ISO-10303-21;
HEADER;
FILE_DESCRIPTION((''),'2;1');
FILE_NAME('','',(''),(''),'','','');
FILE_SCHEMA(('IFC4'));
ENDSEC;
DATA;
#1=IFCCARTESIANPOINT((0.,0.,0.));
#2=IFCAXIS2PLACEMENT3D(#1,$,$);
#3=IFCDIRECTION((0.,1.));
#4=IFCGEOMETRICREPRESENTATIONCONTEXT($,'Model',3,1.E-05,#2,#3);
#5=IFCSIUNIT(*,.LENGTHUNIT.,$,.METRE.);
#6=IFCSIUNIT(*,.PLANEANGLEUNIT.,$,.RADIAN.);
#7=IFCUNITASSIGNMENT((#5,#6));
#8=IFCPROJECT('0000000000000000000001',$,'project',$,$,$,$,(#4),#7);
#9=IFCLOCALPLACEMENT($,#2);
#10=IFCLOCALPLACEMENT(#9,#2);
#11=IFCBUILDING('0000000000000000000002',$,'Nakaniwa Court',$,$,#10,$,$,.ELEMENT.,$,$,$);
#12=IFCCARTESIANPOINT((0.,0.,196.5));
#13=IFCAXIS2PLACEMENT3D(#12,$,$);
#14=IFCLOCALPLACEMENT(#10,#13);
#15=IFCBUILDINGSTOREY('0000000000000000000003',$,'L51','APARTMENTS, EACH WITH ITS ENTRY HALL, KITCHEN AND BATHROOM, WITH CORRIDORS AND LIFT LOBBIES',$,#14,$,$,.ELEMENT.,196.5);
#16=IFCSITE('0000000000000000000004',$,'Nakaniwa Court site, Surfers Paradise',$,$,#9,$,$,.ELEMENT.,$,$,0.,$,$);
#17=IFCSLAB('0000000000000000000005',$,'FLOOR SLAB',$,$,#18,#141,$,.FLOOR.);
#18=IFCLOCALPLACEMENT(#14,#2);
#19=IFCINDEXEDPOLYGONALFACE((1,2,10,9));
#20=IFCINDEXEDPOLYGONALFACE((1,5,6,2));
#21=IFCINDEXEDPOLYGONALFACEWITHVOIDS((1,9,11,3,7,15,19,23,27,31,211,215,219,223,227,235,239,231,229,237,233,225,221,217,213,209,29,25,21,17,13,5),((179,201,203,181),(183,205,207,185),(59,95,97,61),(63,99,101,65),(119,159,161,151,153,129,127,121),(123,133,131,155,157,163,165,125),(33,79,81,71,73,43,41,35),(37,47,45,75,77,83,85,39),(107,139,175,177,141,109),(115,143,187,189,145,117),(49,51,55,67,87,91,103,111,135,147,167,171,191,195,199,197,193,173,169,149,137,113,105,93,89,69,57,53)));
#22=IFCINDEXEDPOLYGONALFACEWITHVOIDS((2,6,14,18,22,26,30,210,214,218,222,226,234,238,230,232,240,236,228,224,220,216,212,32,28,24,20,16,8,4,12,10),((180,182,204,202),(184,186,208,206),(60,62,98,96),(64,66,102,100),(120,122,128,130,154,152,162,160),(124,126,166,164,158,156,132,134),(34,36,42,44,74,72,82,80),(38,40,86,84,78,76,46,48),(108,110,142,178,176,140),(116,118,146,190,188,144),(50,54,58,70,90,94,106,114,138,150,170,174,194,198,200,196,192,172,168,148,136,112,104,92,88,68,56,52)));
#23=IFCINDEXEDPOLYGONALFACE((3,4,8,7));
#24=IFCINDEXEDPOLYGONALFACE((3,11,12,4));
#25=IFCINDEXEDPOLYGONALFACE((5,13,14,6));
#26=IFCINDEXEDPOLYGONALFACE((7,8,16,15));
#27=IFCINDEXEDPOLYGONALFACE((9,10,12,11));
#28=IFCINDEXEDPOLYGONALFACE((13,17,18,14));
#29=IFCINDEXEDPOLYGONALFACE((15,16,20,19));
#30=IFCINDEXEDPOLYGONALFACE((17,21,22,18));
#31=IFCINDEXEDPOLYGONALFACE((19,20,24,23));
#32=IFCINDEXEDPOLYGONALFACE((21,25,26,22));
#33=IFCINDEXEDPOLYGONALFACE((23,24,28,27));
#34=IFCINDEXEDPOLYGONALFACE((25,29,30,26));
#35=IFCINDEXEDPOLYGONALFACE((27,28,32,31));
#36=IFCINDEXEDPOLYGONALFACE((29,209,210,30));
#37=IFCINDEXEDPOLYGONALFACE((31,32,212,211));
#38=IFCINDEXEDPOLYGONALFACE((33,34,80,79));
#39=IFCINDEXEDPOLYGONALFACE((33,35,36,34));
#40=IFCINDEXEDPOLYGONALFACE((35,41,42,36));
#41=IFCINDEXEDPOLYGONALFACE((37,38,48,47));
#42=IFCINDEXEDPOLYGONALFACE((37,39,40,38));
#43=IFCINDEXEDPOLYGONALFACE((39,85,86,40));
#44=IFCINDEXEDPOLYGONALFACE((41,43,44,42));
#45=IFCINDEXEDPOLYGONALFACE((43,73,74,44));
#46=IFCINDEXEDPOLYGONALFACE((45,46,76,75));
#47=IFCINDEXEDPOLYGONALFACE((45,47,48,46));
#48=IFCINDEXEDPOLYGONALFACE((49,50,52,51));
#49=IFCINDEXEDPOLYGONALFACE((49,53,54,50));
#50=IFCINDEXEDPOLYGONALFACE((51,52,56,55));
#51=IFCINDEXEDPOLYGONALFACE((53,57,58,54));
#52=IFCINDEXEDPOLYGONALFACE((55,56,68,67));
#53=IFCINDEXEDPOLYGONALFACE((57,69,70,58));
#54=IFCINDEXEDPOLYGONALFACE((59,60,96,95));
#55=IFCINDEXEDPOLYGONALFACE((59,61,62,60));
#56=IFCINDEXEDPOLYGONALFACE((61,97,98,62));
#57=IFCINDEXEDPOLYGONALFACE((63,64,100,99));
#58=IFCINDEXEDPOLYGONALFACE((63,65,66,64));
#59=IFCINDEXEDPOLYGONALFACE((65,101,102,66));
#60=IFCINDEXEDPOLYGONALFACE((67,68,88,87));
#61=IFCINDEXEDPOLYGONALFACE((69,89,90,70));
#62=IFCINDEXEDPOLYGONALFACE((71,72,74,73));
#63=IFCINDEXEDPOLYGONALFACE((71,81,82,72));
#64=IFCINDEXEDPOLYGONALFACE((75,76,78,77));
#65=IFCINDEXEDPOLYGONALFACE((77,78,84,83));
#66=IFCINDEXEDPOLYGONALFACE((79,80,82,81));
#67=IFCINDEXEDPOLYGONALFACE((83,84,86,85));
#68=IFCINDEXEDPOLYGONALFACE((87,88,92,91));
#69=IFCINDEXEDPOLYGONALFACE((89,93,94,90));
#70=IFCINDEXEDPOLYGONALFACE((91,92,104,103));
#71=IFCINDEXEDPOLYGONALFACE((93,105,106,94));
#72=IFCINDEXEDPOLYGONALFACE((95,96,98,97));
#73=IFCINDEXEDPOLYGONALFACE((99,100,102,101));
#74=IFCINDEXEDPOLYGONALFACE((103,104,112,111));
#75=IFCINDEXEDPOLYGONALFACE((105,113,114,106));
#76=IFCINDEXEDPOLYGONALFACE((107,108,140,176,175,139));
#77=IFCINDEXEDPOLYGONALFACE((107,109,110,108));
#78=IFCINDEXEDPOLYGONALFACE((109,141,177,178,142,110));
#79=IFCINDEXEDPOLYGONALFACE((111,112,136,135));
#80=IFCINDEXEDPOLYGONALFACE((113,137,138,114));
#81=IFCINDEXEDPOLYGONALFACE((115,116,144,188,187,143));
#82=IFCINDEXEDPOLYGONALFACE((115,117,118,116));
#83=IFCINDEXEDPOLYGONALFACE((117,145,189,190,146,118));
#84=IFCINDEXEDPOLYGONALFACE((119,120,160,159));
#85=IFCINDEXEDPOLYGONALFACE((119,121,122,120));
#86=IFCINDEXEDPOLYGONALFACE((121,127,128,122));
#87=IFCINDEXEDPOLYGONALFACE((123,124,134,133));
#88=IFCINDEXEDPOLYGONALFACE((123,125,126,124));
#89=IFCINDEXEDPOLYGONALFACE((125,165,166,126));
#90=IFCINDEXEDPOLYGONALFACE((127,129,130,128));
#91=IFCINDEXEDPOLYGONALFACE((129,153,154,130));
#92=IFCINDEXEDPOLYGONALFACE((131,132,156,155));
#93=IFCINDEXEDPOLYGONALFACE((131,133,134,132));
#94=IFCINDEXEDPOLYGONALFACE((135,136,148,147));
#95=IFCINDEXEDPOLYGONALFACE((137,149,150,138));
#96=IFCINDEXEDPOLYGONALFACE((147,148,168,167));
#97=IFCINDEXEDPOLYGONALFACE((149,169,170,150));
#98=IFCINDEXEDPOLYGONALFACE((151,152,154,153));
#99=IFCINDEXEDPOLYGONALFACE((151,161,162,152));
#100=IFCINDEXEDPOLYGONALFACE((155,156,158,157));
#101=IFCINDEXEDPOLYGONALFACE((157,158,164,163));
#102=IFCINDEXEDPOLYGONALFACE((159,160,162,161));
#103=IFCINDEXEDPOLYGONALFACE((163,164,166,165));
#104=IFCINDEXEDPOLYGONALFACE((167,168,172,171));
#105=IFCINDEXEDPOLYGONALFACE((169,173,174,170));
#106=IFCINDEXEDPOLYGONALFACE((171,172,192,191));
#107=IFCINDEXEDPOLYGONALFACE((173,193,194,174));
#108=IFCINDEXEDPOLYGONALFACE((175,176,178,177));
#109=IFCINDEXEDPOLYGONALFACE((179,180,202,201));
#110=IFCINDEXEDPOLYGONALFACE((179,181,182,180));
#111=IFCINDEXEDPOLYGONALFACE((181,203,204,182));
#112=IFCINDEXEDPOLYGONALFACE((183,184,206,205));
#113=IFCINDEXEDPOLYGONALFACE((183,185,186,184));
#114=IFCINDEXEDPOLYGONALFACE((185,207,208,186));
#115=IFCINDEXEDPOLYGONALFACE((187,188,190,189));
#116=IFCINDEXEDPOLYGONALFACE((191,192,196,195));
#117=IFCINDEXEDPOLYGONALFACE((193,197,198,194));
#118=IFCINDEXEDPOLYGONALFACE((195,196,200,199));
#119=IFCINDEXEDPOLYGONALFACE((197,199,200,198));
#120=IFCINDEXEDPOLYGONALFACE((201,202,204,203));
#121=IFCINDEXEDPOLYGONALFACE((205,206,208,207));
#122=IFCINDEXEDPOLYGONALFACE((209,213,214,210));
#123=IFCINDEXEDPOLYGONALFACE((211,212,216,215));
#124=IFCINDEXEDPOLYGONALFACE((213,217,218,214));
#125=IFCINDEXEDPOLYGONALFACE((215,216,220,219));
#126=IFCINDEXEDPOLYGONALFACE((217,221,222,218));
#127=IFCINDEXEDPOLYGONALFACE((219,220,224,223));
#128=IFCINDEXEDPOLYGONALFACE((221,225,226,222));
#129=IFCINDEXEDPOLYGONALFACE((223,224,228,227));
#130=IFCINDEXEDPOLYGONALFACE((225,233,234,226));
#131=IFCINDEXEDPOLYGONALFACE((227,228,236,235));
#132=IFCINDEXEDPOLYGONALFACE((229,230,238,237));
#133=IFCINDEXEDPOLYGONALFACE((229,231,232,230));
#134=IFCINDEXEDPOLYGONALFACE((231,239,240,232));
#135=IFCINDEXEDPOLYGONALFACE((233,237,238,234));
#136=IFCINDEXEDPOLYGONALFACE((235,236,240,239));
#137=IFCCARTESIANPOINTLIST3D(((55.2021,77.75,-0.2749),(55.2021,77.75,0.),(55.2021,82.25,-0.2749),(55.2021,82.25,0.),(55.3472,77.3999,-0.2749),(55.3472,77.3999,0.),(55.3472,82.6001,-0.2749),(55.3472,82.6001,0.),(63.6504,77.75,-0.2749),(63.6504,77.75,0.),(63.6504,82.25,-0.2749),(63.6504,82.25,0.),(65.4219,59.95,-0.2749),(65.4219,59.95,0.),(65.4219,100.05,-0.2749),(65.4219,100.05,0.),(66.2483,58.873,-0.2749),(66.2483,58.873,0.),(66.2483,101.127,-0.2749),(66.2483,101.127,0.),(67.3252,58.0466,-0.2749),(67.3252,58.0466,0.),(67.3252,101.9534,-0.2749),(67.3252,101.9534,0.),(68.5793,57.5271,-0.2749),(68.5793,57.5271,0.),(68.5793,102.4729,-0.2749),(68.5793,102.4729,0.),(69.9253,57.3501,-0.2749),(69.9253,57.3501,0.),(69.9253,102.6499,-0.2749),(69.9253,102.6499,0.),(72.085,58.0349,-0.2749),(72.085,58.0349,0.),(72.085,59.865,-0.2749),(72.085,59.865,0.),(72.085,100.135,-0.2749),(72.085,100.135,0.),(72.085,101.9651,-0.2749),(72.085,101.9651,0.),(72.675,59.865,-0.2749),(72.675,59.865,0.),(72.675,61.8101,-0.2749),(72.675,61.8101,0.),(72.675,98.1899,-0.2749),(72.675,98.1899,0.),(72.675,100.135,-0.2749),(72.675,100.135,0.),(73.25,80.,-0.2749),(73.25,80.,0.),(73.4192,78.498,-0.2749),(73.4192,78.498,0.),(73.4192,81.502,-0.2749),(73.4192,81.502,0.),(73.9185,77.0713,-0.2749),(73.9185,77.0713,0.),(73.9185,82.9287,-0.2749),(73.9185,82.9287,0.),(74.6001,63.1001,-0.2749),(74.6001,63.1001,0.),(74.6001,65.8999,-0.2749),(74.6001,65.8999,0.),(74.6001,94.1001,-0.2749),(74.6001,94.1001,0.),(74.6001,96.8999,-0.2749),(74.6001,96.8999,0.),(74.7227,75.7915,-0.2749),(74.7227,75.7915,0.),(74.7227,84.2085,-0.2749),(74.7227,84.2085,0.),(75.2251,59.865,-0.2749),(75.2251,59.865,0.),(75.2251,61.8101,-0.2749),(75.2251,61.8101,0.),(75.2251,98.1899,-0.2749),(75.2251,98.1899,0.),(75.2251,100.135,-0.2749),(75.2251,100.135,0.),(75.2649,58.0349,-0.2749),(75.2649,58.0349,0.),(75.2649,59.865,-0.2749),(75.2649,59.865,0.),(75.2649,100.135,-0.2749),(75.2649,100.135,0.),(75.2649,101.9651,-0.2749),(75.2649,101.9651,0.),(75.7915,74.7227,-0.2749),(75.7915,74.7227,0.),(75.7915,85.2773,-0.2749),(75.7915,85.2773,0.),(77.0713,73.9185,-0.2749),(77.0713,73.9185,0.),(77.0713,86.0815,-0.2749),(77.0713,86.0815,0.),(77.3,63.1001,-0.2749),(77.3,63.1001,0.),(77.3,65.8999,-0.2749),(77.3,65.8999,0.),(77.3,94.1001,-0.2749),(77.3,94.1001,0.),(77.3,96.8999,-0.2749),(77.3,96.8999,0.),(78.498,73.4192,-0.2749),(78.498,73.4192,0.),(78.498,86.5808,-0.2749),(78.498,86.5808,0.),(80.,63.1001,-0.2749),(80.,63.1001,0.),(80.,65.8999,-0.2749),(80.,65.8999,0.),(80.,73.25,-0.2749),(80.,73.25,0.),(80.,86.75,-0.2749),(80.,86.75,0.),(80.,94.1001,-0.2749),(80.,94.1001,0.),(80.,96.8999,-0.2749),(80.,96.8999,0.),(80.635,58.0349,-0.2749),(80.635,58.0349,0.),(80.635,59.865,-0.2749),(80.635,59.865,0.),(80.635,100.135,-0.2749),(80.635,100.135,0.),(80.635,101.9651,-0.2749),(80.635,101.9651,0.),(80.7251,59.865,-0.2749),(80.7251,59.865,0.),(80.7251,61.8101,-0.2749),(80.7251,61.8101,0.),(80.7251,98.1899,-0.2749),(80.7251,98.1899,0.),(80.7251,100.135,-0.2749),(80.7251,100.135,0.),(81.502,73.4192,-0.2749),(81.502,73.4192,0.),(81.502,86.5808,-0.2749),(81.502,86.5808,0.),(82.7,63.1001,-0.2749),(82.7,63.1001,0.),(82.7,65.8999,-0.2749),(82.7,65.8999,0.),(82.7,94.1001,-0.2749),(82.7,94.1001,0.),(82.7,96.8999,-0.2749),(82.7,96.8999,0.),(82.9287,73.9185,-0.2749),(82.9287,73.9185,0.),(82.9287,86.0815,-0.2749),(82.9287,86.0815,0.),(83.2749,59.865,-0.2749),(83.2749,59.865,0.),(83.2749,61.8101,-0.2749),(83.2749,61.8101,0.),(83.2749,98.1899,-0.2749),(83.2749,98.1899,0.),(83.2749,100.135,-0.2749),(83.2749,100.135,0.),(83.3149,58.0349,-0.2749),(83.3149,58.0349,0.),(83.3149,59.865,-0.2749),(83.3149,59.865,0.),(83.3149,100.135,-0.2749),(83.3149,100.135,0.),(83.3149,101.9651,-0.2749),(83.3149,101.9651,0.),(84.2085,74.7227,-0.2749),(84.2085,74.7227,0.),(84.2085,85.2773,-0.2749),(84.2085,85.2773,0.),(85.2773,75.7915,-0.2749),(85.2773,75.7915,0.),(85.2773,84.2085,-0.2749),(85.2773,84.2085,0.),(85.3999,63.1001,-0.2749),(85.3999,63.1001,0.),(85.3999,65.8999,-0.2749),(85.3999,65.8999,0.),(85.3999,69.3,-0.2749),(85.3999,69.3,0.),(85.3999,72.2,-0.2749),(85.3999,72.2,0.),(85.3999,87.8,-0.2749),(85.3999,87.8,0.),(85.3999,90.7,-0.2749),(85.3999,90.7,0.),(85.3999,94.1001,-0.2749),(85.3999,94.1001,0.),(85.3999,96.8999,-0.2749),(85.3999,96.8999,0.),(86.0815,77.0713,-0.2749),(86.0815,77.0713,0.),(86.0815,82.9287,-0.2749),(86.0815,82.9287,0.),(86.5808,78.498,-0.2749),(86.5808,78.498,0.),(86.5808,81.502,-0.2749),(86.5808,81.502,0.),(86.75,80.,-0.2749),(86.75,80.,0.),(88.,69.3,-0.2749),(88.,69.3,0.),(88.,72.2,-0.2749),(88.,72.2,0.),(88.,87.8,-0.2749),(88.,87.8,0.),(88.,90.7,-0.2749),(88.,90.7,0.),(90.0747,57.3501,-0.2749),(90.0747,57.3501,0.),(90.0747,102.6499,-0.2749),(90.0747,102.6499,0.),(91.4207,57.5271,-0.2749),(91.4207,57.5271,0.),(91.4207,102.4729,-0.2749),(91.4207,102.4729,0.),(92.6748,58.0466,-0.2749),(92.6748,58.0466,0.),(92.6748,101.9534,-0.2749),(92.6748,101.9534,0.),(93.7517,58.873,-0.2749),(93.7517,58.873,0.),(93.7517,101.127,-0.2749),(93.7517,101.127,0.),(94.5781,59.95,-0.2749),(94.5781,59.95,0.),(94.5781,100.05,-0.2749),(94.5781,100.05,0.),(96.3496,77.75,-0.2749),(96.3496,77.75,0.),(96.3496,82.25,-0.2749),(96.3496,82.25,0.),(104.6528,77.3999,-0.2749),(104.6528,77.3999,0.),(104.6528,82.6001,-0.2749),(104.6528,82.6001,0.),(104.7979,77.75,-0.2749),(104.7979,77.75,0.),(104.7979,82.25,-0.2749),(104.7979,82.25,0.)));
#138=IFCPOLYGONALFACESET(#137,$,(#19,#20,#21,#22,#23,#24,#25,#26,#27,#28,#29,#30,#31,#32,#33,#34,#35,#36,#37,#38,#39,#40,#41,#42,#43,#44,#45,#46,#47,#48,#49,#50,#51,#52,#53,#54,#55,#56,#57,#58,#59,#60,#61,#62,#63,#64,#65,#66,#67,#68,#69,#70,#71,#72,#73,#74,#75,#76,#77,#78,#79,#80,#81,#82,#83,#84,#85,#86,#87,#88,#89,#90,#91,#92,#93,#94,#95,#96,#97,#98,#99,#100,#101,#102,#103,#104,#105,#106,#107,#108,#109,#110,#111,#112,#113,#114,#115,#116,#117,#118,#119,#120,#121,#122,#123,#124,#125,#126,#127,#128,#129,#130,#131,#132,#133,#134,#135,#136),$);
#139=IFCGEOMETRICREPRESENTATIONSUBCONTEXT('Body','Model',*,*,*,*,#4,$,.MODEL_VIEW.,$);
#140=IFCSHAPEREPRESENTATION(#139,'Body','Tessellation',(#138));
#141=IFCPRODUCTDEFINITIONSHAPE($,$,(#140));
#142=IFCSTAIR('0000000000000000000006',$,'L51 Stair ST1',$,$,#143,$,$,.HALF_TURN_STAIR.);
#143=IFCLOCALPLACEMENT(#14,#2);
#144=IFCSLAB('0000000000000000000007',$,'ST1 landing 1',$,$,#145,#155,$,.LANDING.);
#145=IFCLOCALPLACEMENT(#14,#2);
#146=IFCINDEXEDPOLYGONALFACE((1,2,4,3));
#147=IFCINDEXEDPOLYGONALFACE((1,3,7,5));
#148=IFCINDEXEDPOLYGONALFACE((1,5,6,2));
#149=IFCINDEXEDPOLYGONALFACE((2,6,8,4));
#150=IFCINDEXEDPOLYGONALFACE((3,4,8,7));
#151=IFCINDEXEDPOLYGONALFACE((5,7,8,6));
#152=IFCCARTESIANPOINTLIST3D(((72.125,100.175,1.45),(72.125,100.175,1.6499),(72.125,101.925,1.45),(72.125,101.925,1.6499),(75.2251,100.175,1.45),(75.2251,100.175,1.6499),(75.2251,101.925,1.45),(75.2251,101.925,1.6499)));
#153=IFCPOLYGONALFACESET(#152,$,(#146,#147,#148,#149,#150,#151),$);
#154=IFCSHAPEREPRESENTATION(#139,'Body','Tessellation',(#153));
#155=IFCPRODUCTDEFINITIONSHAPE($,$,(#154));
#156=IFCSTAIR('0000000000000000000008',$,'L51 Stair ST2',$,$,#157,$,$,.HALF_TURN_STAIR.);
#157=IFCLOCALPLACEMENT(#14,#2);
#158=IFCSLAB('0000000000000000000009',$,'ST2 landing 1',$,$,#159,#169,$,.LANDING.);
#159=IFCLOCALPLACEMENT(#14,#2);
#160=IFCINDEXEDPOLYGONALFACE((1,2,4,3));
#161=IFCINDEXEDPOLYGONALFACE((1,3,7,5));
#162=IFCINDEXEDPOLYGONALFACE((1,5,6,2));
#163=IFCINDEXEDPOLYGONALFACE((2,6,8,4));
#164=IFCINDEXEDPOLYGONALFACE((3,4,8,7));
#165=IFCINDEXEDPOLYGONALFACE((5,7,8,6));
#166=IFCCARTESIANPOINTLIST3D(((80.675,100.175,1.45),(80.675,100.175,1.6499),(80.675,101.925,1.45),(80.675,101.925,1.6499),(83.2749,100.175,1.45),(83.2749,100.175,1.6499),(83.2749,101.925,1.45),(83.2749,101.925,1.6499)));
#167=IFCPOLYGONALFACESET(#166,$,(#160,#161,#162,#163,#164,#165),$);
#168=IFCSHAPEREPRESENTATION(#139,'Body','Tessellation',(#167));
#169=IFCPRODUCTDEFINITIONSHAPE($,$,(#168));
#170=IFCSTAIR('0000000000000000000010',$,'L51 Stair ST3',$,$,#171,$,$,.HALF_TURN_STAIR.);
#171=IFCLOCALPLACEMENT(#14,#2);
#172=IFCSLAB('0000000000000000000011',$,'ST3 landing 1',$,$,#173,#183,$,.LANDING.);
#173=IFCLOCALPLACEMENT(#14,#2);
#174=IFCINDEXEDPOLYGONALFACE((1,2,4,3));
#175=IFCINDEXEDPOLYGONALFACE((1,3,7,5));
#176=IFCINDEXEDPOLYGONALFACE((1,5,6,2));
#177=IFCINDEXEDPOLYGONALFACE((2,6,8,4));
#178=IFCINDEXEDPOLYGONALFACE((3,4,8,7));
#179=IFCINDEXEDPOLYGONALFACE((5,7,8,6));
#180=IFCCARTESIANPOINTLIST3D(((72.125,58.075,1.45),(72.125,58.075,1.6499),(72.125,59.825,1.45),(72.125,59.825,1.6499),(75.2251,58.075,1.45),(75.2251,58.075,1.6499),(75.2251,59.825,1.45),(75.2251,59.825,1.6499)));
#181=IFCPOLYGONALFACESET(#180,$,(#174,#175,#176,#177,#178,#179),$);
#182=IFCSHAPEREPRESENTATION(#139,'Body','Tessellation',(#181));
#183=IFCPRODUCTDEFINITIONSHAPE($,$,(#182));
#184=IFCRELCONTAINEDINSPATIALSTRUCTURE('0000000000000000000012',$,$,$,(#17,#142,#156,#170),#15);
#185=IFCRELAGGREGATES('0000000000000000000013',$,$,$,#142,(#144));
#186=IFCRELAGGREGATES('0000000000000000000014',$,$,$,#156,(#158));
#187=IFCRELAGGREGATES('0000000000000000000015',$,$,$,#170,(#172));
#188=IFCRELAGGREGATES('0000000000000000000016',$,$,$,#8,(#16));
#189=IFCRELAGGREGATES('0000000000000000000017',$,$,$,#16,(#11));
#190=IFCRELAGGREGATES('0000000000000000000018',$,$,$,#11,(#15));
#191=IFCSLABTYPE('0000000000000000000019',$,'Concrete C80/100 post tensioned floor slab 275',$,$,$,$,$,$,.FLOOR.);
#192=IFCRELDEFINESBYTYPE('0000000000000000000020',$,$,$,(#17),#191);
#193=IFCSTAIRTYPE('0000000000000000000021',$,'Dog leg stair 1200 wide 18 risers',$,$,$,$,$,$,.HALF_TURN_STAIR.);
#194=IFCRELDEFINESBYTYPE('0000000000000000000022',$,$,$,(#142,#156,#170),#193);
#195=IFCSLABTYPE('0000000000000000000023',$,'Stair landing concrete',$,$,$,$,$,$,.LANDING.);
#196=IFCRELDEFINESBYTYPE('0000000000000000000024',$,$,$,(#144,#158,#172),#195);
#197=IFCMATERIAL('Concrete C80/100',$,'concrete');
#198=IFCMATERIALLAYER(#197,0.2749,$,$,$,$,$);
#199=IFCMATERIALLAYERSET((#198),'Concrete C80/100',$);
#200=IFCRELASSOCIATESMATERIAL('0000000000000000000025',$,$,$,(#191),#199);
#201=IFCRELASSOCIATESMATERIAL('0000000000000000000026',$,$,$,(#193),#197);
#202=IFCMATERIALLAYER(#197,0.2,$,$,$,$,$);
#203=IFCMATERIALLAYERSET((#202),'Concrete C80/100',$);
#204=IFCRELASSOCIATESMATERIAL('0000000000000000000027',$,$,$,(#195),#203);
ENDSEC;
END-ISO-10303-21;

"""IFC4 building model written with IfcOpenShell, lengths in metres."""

from ifc_helpers import new_model, si_unit, direction, frame, origin, place, context, subcontext, project, spatial, polyline, outline, extrude, material, layer, layer_set, type_object, element, aggregate, save


model = new_model("IFC4")

# Units and contexts
model_context = context("Model", 3, precision=1e-05, world=origin(), true_north=direction((0.0, 1.0)))
body_context = subcontext(model_context, "Body", "Model", "MODEL_VIEW")
ifc_project = project(units=[si_unit("LENGTHUNIT", "METRE"), si_unit("PLANEANGLEUNIT", "RADIAN")], contexts=[model_context])

# Site, building, storey
site_placement = place(None, origin())
site = spatial("IfcSite", under=ifc_project, at=site_placement, Name="Nakaniwa Court site, Surfers Paradise", CompositionType="ELEMENT", RefElevation=0.0)
building_placement = place(site_placement, origin())
building = spatial("IfcBuilding", under=site, at=building_placement, Name="Nakaniwa Court", CompositionType="ELEMENT")
storey_placement = place(building_placement, frame((0.0, 0.0, 196.5)))
storey = spatial("IfcBuildingStorey", under=building, at=storey_placement, Name="L51", Description="APARTMENTS, EACH WITH ITS ENTRY HALL, KITCHEN AND BATHROOM, WITH CORRIDORS AND LIFT LOBBIES", CompositionType="ELEMENT", Elevation=196.5)

# Shared definitions
ifc_material_1 = material(Name="Concrete C80/100", Category="concrete")

# Slab
ifc_layer_1 = layer(ifc_material_1, 0.2749)
ifc_layer_set_1 = layer_set([ifc_layer_1], Name="Concrete C80/100")
slab_type_1 = type_object("IfcSlabType", Name="Concrete C80/100 post tensioned floor slab 275", PredefinedType="FLOOR", material=ifc_layer_set_1)
slab_1_placement = place(storey_placement, frame((0.0, 0.0, -0.2749)))
element("IfcSlab", 1, at=slab_1_placement, inside=storey, type_object=slab_type_1, Name="FLOOR SLAB", PredefinedType="FLOOR", context=body_context, shape_type="SweptSolid", body=[
    extrude(outline(polyline([(96.3496, 82.25), (104.7979, 82.25), (104.6528, 82.6001), (94.5781, 100.05), (93.7517, 101.127), (92.6748, 101.9534), (91.4207, 102.4729), (90.0747, 102.6499), (69.9253, 102.6499), (68.5793, 102.4729), (67.3252, 101.9534), (66.2483, 101.127), (65.4219, 100.05), (55.3472, 82.6001), (55.2021, 82.25), (63.6504, 82.25), (63.6504, 77.75), (55.2021, 77.75), (55.3472, 77.3999), (65.4219, 59.95), (66.2483, 58.873), (67.3252, 58.0466), (68.5793, 57.5271), (69.9253, 57.3501), (90.0747, 57.3501), (91.4207, 57.5271), (92.6748, 58.0466), (93.7517, 58.873), (94.5781, 59.95), (104.6528, 77.3999), (104.7979, 77.75), (96.3496, 77.75), (96.3496, 82.25)]), holes=[polyline([(81.502, 86.5808), (80.0, 86.75), (78.498, 86.5808), (77.0713, 86.0815), (75.7915, 85.2773), (74.7227, 84.2085), (73.9185, 82.9287), (73.4192, 81.502), (73.25, 80.0), (73.4192, 78.498), (73.9185, 77.0713), (74.7227, 75.7915), (75.7915, 74.7227), (77.0713, 73.9185), (78.498, 73.4192), (80.0, 73.25), (81.502, 73.4192), (82.9287, 73.9185), (84.2085, 74.7227), (85.2773, 75.7915), (86.0815, 77.0713), (86.5808, 78.498), (86.75, 80.0), (86.5808, 81.502), (86.0815, 82.9287), (85.2773, 84.2085), (84.2085, 85.2773), (82.9287, 86.0815), (81.502, 86.5808)]), polyline([(72.675, 61.8101), (72.675, 59.865), (72.085, 59.865), (72.085, 58.0349), (75.2649, 58.0349), (75.2649, 59.865), (75.2251, 59.865), (75.2251, 61.8101), (72.675, 61.8101)]), polyline([(77.3, 65.8999), (74.6001, 65.8999), (74.6001, 63.1001), (77.3, 63.1001), (77.3, 65.8999)]), polyline([(80.0, 65.8999), (80.0, 63.1001), (82.7, 63.1001), (85.3999, 63.1001), (85.3999, 65.8999), (82.7, 65.8999), (80.0, 65.8999)]), polyline([(77.3, 96.8999), (74.6001, 96.8999), (74.6001, 94.1001), (77.3, 94.1001), (77.3, 96.8999)]), polyline([(80.0, 96.8999), (80.0, 94.1001), (82.7, 94.1001), (85.3999, 94.1001), (85.3999, 96.8999), (82.7, 96.8999), (80.0, 96.8999)]), polyline([(75.2649, 100.135), (75.2649, 101.9651), (72.085, 101.9651), (72.085, 100.135), (72.675, 100.135), (72.675, 98.1899), (75.2251, 98.1899), (75.2251, 100.135), (75.2649, 100.135)]), polyline([(83.2749, 61.8101), (80.7251, 61.8101), (80.7251, 59.865), (80.635, 59.865), (80.635, 58.0349), (83.3149, 58.0349), (83.3149, 59.865), (83.2749, 59.865), (83.2749, 61.8101)]), polyline([(88.0, 72.2), (85.3999, 72.2), (85.3999, 69.3), (88.0, 69.3), (88.0, 72.2)]), polyline([(88.0, 90.7), (85.3999, 90.7), (85.3999, 87.8), (88.0, 87.8), (88.0, 90.7)]), polyline([(83.3149, 100.135), (83.3149, 101.9651), (80.635, 101.9651), (80.635, 100.135), (80.7251, 100.135), (80.7251, 98.1899), (83.2749, 98.1899), (83.2749, 100.135), (83.3149, 100.135)])]), origin(), (0.0, 0.0, 1.0), 0.2749),
])

# Stairs, slabs
stair_type = type_object("IfcStairType", Name="Dog leg stair 1200 wide 18 risers", PredefinedType="HALF_TURN_STAIR", material=ifc_material_1)
stair_1_placement = place(storey_placement, origin())
stair_1 = element("IfcStair", 2, at=stair_1_placement, inside=storey, type_object=stair_type, Name="L51 Stair ST1", PredefinedType="HALF_TURN_STAIR")
ifc_layer_2 = layer(ifc_material_1, 0.2)
ifc_layer_set_2 = layer_set([ifc_layer_2], Name="Concrete C80/100")
slab_type_2 = type_object("IfcSlabType", Name="Stair landing concrete", PredefinedType="LANDING", material=ifc_layer_set_2)
slab_2_placement = place(storey_placement, frame((0.0, 0.0, 1.45)))
slab_2 = element("IfcSlab", 3, at=slab_2_placement, type_object=slab_type_2, Name="ST1 landing 1", PredefinedType="LANDING", context=body_context, shape_type="SweptSolid", body=[
    extrude(outline(polyline([(75.2251, 100.175), (75.2251, 101.925), (72.125, 101.925), (72.125, 100.175), (75.2251, 100.175)])), origin(), (0.0, 0.0, 1.0), 0.2),
])
aggregate(stair_1, [slab_2])
stair_2_placement = place(storey_placement, origin())
stair_2 = element("IfcStair", 4, at=stair_2_placement, inside=storey, type_object=stair_type, Name="L51 Stair ST2", PredefinedType="HALF_TURN_STAIR")
slab_3_placement = place(storey_placement, frame((0.0, 0.0, 1.45)))
slab_3 = element("IfcSlab", 5, at=slab_3_placement, type_object=slab_type_2, Name="ST2 landing 1", PredefinedType="LANDING", context=body_context, shape_type="SweptSolid", body=[
    extrude(outline(polyline([(83.2749, 100.175), (83.2749, 101.925), (80.675, 101.925), (80.675, 100.175), (83.2749, 100.175)])), origin(), (0.0, 0.0, 1.0), 0.2),
])
aggregate(stair_2, [slab_3])
stair_3_placement = place(storey_placement, origin())
stair_3 = element("IfcStair", 6, at=stair_3_placement, inside=storey, type_object=stair_type, Name="L51 Stair ST3", PredefinedType="HALF_TURN_STAIR")
slab_4_placement = place(storey_placement, frame((0.0, 0.0, 1.45)))
slab_4 = element("IfcSlab", 7, at=slab_4_placement, type_object=slab_type_2, Name="ST3 landing 1", PredefinedType="LANDING", context=body_context, shape_type="SweptSolid", body=[
    extrude(outline(polyline([(75.2251, 58.075), (75.2251, 59.825), (72.125, 59.825), (72.125, 58.075), (75.2251, 58.075)])), origin(), (0.0, 0.0, 1.0), 0.2),
])
aggregate(stair_3, [slab_4])

save(model, "model.ifc")
